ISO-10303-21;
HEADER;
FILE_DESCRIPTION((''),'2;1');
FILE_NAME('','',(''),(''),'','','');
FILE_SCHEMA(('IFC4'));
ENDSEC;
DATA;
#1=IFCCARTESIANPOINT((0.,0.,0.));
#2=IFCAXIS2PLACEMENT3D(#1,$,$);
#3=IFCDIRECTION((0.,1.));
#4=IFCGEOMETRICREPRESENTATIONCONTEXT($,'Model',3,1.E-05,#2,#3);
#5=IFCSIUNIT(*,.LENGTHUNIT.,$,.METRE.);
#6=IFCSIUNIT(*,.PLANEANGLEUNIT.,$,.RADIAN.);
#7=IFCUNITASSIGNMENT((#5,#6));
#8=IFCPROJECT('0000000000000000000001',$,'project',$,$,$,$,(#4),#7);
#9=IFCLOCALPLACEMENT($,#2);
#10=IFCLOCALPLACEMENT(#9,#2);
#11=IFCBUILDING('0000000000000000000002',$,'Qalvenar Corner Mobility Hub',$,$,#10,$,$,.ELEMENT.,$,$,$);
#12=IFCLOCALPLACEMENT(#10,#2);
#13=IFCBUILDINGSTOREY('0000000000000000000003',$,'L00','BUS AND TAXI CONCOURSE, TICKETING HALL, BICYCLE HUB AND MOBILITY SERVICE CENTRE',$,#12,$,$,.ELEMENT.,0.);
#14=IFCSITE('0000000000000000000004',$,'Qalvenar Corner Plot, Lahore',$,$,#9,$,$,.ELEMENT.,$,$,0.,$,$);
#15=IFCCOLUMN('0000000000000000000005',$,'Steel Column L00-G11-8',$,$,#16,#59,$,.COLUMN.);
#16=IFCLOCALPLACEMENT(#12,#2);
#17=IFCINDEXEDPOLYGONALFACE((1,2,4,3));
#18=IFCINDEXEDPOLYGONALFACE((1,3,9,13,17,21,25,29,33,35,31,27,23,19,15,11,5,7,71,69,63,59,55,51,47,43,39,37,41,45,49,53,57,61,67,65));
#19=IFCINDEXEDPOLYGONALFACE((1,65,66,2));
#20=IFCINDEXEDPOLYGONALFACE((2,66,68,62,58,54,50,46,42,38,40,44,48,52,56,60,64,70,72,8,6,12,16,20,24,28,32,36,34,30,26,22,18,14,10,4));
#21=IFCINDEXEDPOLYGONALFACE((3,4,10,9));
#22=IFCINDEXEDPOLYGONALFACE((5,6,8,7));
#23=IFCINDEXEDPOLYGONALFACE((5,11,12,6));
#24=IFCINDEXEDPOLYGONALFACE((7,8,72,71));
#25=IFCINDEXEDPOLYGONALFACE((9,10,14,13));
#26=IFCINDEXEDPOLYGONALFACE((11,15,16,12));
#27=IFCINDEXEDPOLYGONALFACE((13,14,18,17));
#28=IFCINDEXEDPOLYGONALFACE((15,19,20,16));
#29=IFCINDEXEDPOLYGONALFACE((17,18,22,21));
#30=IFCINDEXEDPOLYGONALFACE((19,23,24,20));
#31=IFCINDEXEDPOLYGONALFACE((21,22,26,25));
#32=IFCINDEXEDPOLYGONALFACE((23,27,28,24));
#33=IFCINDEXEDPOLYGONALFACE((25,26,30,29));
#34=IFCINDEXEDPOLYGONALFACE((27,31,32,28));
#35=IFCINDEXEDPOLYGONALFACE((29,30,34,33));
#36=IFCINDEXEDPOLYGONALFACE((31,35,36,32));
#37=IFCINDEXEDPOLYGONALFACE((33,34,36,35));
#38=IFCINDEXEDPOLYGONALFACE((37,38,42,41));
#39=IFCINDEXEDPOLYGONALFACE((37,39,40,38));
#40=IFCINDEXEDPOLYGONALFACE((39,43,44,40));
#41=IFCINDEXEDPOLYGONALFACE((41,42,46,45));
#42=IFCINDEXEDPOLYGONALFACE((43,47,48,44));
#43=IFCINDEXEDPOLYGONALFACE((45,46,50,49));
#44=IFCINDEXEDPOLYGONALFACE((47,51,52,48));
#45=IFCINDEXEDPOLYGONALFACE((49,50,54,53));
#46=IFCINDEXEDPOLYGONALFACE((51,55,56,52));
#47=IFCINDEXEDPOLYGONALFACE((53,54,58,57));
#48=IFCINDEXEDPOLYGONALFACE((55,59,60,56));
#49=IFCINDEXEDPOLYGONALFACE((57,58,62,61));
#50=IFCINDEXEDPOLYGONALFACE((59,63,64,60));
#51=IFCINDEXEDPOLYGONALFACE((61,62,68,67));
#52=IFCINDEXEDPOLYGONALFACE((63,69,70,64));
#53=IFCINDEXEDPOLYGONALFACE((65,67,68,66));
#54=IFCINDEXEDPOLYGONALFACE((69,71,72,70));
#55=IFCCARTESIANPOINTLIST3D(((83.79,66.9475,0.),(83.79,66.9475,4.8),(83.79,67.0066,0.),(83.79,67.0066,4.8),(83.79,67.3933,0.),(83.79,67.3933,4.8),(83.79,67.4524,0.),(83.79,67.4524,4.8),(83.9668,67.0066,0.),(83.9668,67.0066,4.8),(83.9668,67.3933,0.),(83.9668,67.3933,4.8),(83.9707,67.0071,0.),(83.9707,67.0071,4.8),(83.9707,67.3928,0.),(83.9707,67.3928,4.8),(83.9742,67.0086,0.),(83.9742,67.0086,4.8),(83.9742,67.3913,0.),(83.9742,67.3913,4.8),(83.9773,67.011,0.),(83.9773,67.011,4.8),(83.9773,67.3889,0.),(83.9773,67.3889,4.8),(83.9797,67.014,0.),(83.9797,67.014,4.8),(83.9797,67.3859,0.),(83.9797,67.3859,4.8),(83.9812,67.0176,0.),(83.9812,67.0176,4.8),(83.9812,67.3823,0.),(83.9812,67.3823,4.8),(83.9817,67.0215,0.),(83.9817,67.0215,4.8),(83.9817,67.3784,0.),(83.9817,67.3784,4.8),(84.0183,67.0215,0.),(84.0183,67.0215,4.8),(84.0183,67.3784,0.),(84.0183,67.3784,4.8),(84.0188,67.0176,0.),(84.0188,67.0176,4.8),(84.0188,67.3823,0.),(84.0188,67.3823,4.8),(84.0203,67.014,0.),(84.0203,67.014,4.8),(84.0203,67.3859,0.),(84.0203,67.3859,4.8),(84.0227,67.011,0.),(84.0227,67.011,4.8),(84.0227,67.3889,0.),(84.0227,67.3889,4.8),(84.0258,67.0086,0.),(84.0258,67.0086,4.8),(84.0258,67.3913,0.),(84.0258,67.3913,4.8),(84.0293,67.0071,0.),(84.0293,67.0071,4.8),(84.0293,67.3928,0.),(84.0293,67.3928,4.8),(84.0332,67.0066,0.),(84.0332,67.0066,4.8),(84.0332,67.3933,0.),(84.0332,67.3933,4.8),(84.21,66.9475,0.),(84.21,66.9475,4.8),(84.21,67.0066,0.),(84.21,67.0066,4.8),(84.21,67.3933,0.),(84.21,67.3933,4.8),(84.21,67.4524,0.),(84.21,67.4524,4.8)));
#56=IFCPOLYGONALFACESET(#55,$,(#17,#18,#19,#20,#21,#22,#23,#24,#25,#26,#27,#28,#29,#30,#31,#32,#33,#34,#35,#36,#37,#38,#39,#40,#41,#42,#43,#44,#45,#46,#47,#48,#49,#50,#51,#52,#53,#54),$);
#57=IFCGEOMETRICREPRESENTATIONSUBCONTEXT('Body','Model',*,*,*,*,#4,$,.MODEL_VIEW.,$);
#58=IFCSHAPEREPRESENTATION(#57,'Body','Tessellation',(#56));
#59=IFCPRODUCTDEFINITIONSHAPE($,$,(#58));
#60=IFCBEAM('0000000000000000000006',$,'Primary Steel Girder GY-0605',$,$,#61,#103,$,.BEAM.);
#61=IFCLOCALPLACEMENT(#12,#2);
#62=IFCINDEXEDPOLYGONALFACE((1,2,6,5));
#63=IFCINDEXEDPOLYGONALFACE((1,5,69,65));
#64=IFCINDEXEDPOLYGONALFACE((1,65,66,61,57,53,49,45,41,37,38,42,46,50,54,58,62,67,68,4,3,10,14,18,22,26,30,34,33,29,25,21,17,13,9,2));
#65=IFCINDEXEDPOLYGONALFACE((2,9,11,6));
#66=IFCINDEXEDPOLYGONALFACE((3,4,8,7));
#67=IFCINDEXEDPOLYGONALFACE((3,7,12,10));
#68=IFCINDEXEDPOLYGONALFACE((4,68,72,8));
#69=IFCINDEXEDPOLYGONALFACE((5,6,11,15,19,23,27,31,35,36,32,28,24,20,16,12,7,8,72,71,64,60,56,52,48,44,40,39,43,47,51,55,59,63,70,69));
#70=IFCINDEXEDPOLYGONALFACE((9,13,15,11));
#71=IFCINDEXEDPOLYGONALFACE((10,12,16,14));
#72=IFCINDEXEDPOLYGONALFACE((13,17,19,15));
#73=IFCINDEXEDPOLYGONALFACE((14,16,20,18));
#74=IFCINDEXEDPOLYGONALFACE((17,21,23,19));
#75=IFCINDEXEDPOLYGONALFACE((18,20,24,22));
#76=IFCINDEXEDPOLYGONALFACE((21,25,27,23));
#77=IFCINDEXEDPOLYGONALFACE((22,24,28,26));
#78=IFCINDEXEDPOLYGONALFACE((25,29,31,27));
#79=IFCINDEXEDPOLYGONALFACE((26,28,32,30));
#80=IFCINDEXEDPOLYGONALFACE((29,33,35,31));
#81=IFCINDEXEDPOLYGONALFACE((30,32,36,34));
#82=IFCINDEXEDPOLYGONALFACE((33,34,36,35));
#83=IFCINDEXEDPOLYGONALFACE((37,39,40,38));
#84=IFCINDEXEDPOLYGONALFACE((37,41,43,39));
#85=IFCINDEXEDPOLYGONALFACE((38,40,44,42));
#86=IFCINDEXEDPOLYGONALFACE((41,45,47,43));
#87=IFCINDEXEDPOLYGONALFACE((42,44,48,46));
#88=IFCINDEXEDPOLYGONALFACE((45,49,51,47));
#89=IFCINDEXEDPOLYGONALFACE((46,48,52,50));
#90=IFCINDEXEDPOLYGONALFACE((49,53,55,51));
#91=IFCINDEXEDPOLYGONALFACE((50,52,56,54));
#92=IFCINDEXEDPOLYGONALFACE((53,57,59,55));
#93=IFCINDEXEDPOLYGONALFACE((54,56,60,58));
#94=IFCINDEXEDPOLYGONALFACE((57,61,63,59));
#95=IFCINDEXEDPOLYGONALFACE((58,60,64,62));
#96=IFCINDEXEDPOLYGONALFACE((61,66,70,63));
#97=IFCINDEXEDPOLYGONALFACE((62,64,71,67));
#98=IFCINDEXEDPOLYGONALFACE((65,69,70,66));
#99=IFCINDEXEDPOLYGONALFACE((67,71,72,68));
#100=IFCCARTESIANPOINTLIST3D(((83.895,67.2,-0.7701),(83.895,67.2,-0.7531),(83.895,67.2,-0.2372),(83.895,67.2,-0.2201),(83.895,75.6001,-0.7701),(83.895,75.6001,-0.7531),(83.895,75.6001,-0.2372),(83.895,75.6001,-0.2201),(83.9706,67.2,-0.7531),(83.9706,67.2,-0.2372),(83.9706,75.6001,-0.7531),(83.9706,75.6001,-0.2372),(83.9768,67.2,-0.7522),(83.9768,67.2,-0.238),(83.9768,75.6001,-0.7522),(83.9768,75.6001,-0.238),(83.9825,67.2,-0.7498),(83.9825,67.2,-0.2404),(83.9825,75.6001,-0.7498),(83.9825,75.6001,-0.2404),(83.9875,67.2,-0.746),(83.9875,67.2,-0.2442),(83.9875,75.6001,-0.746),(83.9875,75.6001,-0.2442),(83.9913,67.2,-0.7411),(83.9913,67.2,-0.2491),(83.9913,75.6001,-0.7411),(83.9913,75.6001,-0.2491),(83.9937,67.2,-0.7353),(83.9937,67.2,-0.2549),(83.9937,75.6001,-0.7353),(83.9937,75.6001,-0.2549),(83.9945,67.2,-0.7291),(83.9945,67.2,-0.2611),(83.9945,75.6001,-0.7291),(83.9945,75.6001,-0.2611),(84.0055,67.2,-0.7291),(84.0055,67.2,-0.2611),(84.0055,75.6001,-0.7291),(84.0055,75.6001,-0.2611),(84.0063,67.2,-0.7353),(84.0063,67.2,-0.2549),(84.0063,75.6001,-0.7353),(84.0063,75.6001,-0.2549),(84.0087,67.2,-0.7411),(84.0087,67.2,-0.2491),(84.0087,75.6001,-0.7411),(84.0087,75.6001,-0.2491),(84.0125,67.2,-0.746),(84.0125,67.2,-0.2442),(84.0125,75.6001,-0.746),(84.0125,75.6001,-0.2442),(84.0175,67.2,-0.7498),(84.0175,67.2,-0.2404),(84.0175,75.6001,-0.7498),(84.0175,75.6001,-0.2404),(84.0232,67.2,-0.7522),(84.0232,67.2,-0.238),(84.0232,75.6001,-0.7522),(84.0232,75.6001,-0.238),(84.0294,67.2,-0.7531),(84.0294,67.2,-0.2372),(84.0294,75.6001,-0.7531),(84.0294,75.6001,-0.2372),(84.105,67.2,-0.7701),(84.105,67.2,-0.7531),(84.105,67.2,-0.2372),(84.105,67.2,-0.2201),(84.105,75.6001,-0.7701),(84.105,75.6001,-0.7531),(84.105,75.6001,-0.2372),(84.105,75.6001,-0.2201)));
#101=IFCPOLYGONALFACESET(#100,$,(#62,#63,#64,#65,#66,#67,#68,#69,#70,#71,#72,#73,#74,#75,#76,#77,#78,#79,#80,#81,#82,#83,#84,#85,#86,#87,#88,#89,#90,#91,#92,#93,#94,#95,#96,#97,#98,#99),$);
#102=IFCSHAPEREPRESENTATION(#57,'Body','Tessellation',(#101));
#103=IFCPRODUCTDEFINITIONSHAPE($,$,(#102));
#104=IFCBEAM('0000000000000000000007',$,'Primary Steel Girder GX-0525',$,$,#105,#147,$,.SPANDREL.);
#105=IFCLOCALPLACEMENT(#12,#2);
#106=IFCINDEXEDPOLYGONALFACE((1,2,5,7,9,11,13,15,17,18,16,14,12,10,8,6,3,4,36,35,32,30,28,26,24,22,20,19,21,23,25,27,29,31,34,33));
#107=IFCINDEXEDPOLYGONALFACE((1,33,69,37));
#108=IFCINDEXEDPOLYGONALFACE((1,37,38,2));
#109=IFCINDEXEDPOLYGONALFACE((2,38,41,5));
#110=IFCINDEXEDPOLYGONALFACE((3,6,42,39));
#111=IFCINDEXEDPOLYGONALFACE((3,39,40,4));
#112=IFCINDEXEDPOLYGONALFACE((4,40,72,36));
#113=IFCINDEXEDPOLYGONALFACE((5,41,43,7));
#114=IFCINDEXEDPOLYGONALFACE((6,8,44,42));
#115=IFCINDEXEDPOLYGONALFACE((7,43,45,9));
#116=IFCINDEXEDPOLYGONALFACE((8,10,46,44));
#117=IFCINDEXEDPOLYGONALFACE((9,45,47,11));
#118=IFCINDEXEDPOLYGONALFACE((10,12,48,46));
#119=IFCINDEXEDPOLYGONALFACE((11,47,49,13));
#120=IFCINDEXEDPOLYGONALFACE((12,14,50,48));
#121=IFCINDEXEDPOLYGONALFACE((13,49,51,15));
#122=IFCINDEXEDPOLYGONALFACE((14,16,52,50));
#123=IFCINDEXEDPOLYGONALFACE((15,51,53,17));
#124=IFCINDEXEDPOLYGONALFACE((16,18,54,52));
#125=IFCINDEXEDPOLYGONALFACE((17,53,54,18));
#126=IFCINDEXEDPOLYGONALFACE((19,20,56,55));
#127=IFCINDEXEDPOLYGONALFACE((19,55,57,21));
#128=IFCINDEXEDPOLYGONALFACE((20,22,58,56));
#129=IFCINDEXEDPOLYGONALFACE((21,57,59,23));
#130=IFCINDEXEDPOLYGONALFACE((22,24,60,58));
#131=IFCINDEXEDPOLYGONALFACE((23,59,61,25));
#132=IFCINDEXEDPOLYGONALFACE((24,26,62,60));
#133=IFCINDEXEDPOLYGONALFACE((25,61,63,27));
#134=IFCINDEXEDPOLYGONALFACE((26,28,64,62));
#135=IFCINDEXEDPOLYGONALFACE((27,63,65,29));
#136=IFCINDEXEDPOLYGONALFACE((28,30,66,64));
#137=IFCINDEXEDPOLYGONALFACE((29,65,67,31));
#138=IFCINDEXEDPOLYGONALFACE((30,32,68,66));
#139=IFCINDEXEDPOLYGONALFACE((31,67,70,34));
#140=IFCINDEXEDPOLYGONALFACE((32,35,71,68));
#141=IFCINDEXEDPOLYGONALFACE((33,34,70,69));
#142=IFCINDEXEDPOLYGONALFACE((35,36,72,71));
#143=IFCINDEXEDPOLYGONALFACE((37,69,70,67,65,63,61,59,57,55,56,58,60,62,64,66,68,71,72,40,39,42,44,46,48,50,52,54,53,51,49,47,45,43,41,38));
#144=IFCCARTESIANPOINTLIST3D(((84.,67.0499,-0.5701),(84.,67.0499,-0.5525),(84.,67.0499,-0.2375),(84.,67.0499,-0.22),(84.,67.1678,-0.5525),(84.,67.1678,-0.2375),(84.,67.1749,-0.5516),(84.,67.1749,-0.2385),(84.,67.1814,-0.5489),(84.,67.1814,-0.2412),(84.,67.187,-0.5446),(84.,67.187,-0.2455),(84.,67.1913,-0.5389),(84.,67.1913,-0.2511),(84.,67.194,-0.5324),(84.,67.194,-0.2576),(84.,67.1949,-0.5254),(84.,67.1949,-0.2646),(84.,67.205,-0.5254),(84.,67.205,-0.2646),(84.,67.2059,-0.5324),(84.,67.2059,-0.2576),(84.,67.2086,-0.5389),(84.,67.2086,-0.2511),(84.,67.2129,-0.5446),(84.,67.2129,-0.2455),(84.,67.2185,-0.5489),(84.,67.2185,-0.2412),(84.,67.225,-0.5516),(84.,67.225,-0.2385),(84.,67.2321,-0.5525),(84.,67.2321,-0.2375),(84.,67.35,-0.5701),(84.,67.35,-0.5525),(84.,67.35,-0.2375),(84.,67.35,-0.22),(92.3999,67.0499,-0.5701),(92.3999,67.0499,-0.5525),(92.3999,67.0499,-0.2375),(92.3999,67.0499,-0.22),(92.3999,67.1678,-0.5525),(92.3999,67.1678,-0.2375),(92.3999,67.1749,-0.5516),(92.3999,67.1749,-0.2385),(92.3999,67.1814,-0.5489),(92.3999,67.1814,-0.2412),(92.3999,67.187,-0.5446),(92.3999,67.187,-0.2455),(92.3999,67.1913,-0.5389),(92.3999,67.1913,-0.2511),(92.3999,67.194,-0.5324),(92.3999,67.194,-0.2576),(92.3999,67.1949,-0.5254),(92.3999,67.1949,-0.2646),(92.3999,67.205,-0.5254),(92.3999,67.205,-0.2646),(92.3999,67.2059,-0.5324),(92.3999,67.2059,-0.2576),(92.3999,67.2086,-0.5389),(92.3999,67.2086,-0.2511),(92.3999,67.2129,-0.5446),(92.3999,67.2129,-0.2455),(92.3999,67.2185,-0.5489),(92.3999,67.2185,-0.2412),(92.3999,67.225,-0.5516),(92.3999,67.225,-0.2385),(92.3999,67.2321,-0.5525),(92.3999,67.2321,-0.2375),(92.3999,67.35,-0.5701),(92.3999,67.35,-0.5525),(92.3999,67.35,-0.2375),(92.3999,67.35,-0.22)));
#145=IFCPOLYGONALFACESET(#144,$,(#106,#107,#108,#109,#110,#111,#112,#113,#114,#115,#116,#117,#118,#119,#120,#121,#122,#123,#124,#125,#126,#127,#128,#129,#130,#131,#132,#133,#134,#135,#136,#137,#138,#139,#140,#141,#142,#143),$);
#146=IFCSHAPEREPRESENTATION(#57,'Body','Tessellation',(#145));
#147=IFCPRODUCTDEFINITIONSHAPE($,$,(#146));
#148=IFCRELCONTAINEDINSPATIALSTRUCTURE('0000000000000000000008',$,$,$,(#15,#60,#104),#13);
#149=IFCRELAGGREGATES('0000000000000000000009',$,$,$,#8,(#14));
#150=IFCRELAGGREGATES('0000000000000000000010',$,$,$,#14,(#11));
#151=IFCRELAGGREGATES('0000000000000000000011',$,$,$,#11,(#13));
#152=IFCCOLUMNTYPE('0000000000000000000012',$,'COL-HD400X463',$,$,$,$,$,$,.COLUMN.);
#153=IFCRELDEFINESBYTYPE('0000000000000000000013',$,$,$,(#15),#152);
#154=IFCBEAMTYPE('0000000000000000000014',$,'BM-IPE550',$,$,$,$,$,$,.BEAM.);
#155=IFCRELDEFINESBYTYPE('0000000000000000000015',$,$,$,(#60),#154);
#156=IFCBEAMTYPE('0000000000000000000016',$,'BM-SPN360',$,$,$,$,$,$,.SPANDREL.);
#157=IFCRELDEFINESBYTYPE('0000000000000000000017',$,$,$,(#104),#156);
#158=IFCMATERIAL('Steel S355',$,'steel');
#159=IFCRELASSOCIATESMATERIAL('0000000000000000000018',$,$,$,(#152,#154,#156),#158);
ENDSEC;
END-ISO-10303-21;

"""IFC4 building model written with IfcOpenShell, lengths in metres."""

from ifc_helpers import new_model, si_unit, direction, frame, origin, origin_2d, place, context, subcontext, project, spatial, i_section, extrude, material, material_profile, profile_set, type_object, element, save


model = new_model("IFC4")

# Units and contexts
model_context = context("Model", 3, precision=1e-05, world=origin(), true_north=direction((0.0, 1.0)))
body_context = subcontext(model_context, "Body", "Model", "MODEL_VIEW")
ifc_project = project(units=[si_unit("LENGTHUNIT", "METRE"), si_unit("PLANEANGLEUNIT", "RADIAN")], contexts=[model_context])

# Site, building, storey
site_placement = place(None, origin())
site = spatial("IfcSite", under=ifc_project, at=site_placement, Name="Qalvenar Corner Plot, Lahore", CompositionType="ELEMENT", RefElevation=0.0)
building_placement = place(site_placement, origin())
building = spatial("IfcBuilding", under=site, at=building_placement, Name="Qalvenar Corner Mobility Hub", CompositionType="ELEMENT")
storey_placement = place(building_placement, origin())
storey = spatial("IfcBuildingStorey", under=building, at=storey_placement, Name="L00", Description="BUS AND TAXI CONCOURSE, TICKETING HALL, BICYCLE HUB AND MOBILITY SERVICE CENTRE", CompositionType="ELEMENT", Elevation=0.0)

# Column
ifc_material_1 = material(Name="Steel S355", Category="steel")
ifc_material_profile_1 = material_profile(ifc_material_1, i_section(OverallWidth=0.4199, OverallDepth=0.5049, WebThickness=0.0366, FlangeThickness=0.0591, FilletRadius=0.0149, at=origin_2d()), Name="HD400x551")
ifc_profile_set_1 = profile_set([ifc_material_profile_1], Name="Steel S355")
column_type = type_object("IfcColumnType", Name="COL-HD400X463", PredefinedType="COLUMN", material=ifc_profile_set_1)
column_placement = place(storey_placement, frame((84.0, 67.2, 0.0), z_axis=(0.0, 0.0, 1.0), x_axis=(1.0, 0.0, 0.0)))
element("IfcColumn", 1, at=column_placement, inside=storey, type_object=column_type, Name="Steel Column L00-G11-8", PredefinedType="COLUMN", context=body_context, shape_type="SweptSolid", body=[
    extrude(i_section(OverallWidth=0.4199, OverallDepth=0.5049, WebThickness=0.0366, FlangeThickness=0.0591, FilletRadius=0.0149, at=origin_2d()), origin(), (0.0, 0.0, 1.0), 4.8),
])

# Beams
ifc_material_profile_2 = material_profile(ifc_material_1, i_section(OverallWidth=0.21, OverallDepth=0.55, WebThickness=0.011, FlangeThickness=0.0171, FilletRadius=0.0239, at=origin_2d()), Name="IPE550")
ifc_profile_set_2 = profile_set([ifc_material_profile_2], Name="Steel S355")
beam_type_1 = type_object("IfcBeamType", Name="BM-IPE550", PredefinedType="BEAM", material=ifc_profile_set_2)
beam_1_placement = place(storey_placement, frame((84.0, 67.2, -0.4951), z_axis=(0.0, 1.0, 0.0), x_axis=(-1.0, 0.0, 0.0)))
element("IfcBeam", 2, at=beam_1_placement, inside=storey, type_object=beam_type_1, Name="Primary Steel Girder GY-0605", PredefinedType="BEAM", context=body_context, shape_type="SweptSolid", body=[
    extrude(i_section(OverallWidth=0.21, OverallDepth=0.55, WebThickness=0.011, FlangeThickness=0.0171, FilletRadius=0.0239, at=origin_2d()), origin(), (0.0, 0.0, 1.0), 8.4001),
])
ifc_material_profile_3 = material_profile(ifc_material_1, i_section(OverallWidth=0.3, OverallDepth=0.3501, WebThickness=0.01, FlangeThickness=0.0176, FilletRadius=0.0271, at=origin_2d()), Name="HEA360")
ifc_profile_set_3 = profile_set([ifc_material_profile_3], Name="Steel S355")
beam_type_2 = type_object("IfcBeamType", Name="BM-SPN360", PredefinedType="SPANDREL", material=ifc_profile_set_3)
beam_2_placement = place(storey_placement, frame((84.0, 67.2, -0.395), z_axis=(1.0, 0.0, 0.0), x_axis=(0.0, 1.0, 0.0)))
element("IfcBeam", 3, at=beam_2_placement, inside=storey, type_object=beam_type_2, Name="Primary Steel Girder GX-0525", PredefinedType="SPANDREL", context=body_context, shape_type="SweptSolid", body=[
    extrude(i_section(OverallWidth=0.3, OverallDepth=0.3501, WebThickness=0.01, FlangeThickness=0.0176, FilletRadius=0.0271, at=origin_2d()), origin(), (0.0, 0.0, 1.0), 8.3999),
])

save(model, "model.ifc")
